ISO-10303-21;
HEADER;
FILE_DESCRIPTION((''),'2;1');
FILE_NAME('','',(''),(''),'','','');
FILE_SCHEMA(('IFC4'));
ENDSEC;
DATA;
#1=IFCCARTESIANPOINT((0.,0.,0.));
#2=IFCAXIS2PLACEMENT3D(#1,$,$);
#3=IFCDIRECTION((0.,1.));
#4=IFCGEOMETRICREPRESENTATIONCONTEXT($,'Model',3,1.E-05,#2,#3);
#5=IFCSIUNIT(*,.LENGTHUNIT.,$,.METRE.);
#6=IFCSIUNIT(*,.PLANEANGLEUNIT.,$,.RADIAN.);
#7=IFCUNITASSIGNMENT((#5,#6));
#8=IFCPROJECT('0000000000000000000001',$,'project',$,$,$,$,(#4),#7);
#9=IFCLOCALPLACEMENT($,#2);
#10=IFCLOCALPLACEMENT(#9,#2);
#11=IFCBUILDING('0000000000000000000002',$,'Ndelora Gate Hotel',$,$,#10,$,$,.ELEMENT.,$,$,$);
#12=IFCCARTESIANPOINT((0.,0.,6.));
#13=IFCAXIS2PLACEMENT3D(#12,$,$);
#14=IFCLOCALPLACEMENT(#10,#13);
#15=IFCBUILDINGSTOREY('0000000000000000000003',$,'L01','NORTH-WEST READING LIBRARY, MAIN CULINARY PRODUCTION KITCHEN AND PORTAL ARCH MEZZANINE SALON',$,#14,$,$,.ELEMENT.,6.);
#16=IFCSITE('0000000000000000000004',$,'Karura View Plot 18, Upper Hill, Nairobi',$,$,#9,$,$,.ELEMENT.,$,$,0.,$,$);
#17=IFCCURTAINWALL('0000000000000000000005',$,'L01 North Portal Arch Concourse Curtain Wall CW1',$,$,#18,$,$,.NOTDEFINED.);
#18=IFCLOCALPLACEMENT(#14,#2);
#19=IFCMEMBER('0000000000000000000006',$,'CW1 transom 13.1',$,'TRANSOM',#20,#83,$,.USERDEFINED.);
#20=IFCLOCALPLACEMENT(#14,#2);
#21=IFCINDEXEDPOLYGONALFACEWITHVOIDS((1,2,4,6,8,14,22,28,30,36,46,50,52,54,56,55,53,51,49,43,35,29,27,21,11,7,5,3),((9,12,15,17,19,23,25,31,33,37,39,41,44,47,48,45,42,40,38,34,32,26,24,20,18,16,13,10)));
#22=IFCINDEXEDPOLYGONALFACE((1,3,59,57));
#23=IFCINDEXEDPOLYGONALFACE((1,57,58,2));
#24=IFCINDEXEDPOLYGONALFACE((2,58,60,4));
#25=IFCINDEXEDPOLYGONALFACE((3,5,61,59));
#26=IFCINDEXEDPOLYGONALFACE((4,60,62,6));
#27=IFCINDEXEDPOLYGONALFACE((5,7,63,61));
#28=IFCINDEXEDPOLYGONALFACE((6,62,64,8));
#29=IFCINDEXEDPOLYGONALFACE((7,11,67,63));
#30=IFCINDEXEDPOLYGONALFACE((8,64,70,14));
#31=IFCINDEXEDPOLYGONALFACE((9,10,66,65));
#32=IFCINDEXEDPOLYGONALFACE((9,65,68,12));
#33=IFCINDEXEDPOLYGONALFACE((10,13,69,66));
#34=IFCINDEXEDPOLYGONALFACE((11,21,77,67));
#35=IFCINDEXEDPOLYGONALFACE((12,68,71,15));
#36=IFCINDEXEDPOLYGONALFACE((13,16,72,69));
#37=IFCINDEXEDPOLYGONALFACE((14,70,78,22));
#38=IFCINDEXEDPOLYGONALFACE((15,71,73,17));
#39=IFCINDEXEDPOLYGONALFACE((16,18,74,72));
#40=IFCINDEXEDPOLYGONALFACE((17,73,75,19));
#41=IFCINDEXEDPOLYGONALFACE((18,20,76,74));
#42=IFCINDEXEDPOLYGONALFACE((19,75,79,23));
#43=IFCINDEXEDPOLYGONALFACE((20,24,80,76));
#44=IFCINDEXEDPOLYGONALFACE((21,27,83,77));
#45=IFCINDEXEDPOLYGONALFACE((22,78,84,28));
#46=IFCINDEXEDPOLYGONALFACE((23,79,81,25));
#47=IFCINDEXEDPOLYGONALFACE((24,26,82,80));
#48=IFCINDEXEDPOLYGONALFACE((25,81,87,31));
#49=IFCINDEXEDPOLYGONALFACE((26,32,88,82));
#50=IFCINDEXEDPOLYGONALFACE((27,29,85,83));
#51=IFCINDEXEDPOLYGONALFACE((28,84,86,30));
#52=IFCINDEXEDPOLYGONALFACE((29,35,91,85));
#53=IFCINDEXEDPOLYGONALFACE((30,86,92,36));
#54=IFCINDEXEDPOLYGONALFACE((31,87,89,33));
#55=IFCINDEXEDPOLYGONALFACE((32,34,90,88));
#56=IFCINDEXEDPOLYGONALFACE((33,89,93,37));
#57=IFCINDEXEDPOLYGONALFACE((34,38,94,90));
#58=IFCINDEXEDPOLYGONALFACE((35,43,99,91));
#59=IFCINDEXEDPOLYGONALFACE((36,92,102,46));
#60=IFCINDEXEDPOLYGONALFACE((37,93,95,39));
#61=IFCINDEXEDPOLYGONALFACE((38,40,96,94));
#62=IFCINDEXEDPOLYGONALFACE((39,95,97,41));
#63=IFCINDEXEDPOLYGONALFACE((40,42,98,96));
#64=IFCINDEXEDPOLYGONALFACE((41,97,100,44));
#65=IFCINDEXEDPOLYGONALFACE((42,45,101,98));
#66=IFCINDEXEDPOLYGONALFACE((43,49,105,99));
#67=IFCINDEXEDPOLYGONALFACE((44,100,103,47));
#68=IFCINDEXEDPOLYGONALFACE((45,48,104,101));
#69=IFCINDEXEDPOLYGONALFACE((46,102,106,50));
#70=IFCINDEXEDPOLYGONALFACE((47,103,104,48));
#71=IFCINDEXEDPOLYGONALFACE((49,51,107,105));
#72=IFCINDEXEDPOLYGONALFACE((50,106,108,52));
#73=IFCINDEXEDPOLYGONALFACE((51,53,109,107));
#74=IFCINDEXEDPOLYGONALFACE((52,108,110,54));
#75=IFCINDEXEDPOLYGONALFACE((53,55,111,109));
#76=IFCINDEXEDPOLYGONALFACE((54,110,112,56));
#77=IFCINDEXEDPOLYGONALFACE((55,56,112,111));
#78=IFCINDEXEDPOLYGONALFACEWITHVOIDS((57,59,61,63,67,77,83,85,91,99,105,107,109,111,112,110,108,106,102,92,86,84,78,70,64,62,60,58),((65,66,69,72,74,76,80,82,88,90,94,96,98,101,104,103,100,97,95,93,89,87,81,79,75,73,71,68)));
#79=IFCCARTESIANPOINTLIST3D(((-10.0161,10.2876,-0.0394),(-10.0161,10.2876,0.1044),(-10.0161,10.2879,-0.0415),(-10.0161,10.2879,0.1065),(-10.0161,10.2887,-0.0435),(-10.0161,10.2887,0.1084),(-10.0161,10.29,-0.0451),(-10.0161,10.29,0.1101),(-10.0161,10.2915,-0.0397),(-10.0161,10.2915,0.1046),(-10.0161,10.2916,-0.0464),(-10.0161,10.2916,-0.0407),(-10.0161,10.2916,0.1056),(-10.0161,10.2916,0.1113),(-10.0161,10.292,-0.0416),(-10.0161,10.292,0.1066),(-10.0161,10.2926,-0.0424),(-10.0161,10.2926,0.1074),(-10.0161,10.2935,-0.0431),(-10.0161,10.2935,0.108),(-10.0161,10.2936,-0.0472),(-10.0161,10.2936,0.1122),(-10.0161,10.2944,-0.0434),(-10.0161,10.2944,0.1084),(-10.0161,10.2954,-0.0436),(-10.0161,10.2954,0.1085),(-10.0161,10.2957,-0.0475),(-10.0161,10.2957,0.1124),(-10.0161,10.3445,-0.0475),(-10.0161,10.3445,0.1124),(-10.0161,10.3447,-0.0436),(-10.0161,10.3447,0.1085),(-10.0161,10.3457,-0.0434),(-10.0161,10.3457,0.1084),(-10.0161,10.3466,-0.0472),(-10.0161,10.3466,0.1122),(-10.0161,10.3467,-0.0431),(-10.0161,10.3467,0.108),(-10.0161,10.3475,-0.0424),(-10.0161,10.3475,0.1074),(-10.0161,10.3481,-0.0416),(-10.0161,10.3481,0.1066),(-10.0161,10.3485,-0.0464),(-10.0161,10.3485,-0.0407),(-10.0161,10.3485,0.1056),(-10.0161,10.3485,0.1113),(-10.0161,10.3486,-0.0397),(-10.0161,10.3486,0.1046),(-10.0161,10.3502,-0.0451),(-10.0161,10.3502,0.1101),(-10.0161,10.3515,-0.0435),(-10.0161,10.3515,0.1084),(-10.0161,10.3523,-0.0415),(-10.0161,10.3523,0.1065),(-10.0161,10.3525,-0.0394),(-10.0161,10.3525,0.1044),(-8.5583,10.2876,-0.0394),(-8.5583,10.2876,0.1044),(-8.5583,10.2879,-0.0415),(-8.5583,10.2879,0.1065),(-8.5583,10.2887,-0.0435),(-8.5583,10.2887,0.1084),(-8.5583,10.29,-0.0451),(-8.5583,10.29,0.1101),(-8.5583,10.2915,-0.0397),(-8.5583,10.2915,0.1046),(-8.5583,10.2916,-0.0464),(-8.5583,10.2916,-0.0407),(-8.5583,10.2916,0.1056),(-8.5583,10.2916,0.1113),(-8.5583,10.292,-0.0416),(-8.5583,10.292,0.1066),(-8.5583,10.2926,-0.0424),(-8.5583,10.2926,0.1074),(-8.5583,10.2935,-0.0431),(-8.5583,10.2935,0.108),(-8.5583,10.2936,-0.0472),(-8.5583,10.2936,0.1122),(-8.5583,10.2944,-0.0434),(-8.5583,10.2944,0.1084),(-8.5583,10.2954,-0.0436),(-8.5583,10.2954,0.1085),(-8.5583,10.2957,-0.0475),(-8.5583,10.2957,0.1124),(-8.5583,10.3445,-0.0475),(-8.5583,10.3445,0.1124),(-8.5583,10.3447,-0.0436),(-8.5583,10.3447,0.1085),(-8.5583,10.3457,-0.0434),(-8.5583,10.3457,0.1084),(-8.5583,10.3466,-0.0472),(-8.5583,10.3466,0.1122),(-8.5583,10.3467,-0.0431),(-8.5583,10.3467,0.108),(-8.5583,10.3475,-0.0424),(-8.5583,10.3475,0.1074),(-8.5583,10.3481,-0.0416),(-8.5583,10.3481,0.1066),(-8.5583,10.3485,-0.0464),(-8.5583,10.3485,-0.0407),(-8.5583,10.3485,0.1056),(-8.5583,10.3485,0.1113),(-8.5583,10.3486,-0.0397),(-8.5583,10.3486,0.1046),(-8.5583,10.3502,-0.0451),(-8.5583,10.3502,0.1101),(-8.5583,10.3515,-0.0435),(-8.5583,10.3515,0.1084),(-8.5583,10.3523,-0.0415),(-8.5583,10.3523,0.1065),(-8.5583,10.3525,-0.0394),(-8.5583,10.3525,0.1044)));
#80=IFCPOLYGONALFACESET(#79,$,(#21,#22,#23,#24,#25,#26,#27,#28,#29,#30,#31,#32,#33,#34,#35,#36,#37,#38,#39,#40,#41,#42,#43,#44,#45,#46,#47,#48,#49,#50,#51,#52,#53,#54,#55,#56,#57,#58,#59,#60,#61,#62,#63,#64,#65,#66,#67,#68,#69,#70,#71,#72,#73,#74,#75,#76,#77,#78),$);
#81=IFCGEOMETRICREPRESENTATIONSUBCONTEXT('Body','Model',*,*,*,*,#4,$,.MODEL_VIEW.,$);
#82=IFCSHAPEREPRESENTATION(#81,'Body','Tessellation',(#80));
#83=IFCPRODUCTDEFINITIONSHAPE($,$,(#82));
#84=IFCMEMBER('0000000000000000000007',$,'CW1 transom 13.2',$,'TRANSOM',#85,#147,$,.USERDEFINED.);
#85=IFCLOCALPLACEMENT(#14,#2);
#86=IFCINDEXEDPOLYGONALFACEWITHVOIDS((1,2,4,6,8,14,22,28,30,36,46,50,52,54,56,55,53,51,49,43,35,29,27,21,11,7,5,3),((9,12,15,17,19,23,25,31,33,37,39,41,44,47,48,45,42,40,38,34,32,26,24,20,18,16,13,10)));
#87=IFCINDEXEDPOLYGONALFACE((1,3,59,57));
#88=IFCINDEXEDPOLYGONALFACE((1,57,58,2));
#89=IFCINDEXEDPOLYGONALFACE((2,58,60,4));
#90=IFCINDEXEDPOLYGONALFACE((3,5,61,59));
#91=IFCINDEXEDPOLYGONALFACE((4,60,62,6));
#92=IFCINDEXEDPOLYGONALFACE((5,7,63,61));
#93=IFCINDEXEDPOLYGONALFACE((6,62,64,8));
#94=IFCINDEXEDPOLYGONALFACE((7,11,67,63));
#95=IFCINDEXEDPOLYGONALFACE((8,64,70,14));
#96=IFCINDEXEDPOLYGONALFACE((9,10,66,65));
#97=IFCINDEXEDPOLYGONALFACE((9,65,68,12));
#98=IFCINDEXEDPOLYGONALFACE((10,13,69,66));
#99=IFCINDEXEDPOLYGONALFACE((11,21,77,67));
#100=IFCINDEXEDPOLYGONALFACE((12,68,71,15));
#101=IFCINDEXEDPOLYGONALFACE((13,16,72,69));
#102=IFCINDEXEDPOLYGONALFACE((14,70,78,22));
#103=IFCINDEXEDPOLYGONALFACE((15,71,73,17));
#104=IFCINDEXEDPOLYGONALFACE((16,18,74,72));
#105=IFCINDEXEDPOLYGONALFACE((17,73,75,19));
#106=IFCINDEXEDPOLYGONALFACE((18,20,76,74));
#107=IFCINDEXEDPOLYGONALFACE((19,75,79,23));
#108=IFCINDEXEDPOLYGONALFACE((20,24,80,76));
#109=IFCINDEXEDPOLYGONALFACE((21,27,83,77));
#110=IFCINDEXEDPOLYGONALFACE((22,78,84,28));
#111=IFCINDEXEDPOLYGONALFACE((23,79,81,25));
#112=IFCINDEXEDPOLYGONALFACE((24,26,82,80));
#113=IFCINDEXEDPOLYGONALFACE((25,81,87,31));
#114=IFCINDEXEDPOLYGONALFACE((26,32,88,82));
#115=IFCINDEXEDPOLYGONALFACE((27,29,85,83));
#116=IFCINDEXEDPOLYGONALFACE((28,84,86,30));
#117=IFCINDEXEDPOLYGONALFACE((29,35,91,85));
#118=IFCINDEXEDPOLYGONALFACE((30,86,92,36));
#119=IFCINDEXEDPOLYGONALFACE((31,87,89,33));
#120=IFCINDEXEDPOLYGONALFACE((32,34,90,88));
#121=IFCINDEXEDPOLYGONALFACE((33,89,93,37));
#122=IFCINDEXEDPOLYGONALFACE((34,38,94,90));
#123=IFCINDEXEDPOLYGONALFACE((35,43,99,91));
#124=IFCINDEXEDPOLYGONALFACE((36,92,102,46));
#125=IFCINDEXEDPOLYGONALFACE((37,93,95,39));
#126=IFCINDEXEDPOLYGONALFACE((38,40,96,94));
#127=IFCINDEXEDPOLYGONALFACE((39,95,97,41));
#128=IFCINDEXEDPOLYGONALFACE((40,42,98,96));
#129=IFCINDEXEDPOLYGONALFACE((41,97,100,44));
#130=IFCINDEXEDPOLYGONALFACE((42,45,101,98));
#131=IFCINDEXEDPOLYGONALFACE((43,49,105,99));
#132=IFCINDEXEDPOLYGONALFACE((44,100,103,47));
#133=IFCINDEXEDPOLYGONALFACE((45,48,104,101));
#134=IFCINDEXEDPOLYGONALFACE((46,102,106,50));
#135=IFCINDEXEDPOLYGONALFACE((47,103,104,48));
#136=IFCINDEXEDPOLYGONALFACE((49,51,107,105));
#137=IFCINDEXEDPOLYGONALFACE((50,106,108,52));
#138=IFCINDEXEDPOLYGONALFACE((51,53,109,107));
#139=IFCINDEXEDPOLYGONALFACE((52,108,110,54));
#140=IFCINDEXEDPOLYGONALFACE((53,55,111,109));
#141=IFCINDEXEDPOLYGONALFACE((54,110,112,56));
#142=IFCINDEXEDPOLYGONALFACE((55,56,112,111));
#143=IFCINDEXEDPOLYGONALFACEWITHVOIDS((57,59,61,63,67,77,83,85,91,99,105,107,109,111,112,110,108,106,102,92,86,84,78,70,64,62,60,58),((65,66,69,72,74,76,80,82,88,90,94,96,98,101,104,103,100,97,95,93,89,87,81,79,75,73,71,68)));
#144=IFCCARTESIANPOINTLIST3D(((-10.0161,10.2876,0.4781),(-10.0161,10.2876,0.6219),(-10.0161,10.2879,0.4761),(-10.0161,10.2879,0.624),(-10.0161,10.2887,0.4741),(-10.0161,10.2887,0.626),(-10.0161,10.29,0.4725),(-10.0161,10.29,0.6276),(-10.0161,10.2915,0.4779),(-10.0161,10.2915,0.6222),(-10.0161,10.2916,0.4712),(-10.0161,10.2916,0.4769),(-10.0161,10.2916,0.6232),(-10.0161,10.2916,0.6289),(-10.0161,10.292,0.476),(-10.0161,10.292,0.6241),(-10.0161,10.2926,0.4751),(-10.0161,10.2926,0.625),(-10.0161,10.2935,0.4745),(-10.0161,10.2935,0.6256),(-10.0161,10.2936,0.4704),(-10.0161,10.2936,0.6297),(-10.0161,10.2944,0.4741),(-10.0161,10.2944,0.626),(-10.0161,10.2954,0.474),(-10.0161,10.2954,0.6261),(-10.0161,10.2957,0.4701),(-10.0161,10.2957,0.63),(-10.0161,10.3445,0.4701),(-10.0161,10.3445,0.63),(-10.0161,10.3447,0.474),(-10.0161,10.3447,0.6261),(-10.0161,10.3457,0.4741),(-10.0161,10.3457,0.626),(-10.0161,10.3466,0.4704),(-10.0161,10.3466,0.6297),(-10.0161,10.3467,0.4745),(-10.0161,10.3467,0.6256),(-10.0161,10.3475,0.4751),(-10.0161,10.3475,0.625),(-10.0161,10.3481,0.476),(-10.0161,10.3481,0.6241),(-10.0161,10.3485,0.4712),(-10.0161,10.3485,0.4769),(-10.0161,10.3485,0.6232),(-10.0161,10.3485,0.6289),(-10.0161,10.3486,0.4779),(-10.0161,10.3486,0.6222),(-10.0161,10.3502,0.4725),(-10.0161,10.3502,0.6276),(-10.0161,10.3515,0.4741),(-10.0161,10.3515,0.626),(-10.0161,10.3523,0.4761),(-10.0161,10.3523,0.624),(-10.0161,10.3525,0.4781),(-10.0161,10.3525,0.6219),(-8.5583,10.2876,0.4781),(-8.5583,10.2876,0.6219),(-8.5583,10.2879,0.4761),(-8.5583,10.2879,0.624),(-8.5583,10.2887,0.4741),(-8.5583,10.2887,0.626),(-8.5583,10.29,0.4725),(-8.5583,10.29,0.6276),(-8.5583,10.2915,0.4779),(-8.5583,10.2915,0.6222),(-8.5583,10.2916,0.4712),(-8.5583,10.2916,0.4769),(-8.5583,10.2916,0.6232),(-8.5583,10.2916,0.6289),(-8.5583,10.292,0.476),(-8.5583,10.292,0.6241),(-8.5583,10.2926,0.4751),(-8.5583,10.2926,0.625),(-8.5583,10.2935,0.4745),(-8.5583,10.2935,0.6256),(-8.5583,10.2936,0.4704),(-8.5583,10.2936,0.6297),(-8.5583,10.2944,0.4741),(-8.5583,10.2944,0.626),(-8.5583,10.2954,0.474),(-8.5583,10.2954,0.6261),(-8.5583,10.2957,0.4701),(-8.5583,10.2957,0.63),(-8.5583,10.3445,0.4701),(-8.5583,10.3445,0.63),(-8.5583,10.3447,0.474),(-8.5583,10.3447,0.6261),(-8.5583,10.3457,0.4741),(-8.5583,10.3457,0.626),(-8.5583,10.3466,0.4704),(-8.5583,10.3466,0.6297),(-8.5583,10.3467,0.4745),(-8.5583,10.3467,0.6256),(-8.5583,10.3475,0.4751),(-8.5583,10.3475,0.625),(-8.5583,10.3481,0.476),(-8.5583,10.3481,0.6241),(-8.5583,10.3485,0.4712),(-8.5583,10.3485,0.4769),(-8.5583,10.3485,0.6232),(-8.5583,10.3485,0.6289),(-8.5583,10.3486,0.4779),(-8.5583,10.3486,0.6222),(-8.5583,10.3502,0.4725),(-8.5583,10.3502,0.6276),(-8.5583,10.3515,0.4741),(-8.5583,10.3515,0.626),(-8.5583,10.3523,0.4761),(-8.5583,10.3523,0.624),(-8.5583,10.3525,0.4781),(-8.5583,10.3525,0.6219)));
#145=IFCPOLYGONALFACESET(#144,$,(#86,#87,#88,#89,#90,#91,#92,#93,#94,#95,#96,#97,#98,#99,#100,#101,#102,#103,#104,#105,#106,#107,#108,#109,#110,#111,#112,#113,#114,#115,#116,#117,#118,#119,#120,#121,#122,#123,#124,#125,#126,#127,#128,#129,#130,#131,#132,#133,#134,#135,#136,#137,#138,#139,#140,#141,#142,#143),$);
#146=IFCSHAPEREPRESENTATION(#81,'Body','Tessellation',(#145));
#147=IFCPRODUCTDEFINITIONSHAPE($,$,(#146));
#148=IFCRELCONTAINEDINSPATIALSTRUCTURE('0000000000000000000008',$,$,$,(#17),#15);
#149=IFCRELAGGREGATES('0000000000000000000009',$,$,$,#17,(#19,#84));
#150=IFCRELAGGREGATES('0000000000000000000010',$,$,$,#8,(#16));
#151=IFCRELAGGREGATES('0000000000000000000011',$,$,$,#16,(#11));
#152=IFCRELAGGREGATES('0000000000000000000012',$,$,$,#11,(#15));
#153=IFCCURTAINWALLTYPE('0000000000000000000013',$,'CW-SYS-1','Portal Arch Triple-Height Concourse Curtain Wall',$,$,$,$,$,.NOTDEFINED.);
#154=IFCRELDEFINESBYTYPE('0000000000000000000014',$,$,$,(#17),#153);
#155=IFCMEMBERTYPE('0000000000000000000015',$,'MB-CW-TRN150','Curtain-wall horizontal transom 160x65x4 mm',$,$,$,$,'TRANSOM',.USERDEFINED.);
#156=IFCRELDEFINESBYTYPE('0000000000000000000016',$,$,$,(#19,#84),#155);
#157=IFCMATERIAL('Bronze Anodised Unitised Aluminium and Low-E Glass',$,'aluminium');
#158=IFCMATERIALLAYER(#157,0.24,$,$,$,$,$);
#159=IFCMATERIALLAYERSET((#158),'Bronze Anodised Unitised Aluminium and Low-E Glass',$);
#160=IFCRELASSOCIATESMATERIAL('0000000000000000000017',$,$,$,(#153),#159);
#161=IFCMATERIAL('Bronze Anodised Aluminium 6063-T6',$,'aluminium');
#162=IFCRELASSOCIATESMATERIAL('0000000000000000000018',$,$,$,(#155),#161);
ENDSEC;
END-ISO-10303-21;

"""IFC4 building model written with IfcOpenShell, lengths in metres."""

from ifc_helpers import new_model, si_unit, direction, frame, origin, origin_2d, place, context, subcontext, project, spatial, hollow_rectangle, extrude, material, layer, layer_set, material_profile, profile_set, type_object, element, aggregate, save


model = new_model("IFC4")

# Units and contexts
model_context = context("Model", 3, precision=1e-05, world=origin(), true_north=direction((0.0, 1.0)))
body_context = subcontext(model_context, "Body", "Model", "MODEL_VIEW")
ifc_project = project(units=[si_unit("LENGTHUNIT", "METRE"), si_unit("PLANEANGLEUNIT", "RADIAN")], contexts=[model_context])

# Site, building, storey
site_placement = place(None, origin())
site = spatial("IfcSite", under=ifc_project, at=site_placement, Name="Karura View Plot 18, Upper Hill, Nairobi", CompositionType="ELEMENT", RefElevation=0.0)
building_placement = place(site_placement, origin())
building = spatial("IfcBuilding", under=site, at=building_placement, Name="Ndelora Gate Hotel", CompositionType="ELEMENT")
storey_placement = place(building_placement, frame((0.0, 0.0, 6.0)))
storey = spatial("IfcBuildingStorey", under=building, at=storey_placement, Name="L01", Description="NORTH-WEST READING LIBRARY, MAIN CULINARY PRODUCTION KITCHEN AND PORTAL ARCH MEZZANINE SALON", CompositionType="ELEMENT", Elevation=6.0)

# Curtain wall, members
ifc_material_1 = material(Name="Bronze Anodised Unitised Aluminium and Low-E Glass", Category="aluminium")
ifc_layer_1 = layer(ifc_material_1, 0.24)
ifc_layer_set_1 = layer_set([ifc_layer_1], Name="Bronze Anodised Unitised Aluminium and Low-E Glass")
curtain_wall_type = type_object("IfcCurtainWallType", Name="CW-SYS-1", Description="Portal Arch Triple-Height Concourse Curtain Wall", PredefinedType="NOTDEFINED", material=ifc_layer_set_1)
curtain_wall_placement = place(storey_placement, origin())
curtain_wall = element("IfcCurtainWall", 1, at=curtain_wall_placement, inside=storey, type_object=curtain_wall_type, Name="L01 North Portal Arch Concourse Curtain Wall CW1", PredefinedType="NOTDEFINED")
ifc_material_2 = material(Name="Bronze Anodised Aluminium 6063-T6", Category="aluminium")
ifc_material_profile_1 = material_profile(ifc_material_2, hollow_rectangle(XDim=0.0649, YDim=0.1599, WallThickness=0.0039, InnerFilletRadius=0.0039, OuterFilletRadius=0.0081, at=origin_2d()), Name="ALU 160x65x4")
ifc_profile_set_1 = profile_set([ifc_material_profile_1], Name="Bronze Anodised Aluminium 6063-T6")
member_type_1 = type_object("IfcMemberType", Name="MB-CW-TRN150", Description="Curtain-wall horizontal transom 160x65x4 mm", ElementType="TRANSOM", PredefinedType="USERDEFINED", material=ifc_profile_set_1)
member_1_placement = place(storey_placement, frame((-8.5583, 10.3201, 0.0325), z_axis=(-1.0, 0.0, 0.0), x_axis=(0.0, -1.0, 0.0)))
member_1 = element("IfcMember", 2, at=member_1_placement, type_object=member_type_1, Name="CW1 transom 13.1", ObjectType="TRANSOM", PredefinedType="USERDEFINED", context=body_context, shape_type="SweptSolid", body=[
    extrude(hollow_rectangle(XDim=0.0649, YDim=0.1599, WallThickness=0.0039, InnerFilletRadius=0.0039, OuterFilletRadius=0.0081, at=origin_2d()), origin(), (0.0, 0.0, 1.0), 1.4578),
])
member_2_placement = place(storey_placement, frame((-8.5583, 10.3201, 0.55), z_axis=(-1.0, 0.0, 0.0), x_axis=(0.0, -1.0, 0.0)))
member_2 = element("IfcMember", 3, at=member_2_placement, type_object=member_type_1, Name="CW1 transom 13.2", ObjectType="TRANSOM", PredefinedType="USERDEFINED", context=body_context, shape_type="SweptSolid", body=[
    extrude(hollow_rectangle(XDim=0.0649, YDim=0.1599, WallThickness=0.0039, InnerFilletRadius=0.0039, OuterFilletRadius=0.0081, at=origin_2d()), origin(), (0.0, 0.0, 1.0), 1.4578),
])
aggregate(curtain_wall, [member_1, member_2])

save(model, "model.ifc")
